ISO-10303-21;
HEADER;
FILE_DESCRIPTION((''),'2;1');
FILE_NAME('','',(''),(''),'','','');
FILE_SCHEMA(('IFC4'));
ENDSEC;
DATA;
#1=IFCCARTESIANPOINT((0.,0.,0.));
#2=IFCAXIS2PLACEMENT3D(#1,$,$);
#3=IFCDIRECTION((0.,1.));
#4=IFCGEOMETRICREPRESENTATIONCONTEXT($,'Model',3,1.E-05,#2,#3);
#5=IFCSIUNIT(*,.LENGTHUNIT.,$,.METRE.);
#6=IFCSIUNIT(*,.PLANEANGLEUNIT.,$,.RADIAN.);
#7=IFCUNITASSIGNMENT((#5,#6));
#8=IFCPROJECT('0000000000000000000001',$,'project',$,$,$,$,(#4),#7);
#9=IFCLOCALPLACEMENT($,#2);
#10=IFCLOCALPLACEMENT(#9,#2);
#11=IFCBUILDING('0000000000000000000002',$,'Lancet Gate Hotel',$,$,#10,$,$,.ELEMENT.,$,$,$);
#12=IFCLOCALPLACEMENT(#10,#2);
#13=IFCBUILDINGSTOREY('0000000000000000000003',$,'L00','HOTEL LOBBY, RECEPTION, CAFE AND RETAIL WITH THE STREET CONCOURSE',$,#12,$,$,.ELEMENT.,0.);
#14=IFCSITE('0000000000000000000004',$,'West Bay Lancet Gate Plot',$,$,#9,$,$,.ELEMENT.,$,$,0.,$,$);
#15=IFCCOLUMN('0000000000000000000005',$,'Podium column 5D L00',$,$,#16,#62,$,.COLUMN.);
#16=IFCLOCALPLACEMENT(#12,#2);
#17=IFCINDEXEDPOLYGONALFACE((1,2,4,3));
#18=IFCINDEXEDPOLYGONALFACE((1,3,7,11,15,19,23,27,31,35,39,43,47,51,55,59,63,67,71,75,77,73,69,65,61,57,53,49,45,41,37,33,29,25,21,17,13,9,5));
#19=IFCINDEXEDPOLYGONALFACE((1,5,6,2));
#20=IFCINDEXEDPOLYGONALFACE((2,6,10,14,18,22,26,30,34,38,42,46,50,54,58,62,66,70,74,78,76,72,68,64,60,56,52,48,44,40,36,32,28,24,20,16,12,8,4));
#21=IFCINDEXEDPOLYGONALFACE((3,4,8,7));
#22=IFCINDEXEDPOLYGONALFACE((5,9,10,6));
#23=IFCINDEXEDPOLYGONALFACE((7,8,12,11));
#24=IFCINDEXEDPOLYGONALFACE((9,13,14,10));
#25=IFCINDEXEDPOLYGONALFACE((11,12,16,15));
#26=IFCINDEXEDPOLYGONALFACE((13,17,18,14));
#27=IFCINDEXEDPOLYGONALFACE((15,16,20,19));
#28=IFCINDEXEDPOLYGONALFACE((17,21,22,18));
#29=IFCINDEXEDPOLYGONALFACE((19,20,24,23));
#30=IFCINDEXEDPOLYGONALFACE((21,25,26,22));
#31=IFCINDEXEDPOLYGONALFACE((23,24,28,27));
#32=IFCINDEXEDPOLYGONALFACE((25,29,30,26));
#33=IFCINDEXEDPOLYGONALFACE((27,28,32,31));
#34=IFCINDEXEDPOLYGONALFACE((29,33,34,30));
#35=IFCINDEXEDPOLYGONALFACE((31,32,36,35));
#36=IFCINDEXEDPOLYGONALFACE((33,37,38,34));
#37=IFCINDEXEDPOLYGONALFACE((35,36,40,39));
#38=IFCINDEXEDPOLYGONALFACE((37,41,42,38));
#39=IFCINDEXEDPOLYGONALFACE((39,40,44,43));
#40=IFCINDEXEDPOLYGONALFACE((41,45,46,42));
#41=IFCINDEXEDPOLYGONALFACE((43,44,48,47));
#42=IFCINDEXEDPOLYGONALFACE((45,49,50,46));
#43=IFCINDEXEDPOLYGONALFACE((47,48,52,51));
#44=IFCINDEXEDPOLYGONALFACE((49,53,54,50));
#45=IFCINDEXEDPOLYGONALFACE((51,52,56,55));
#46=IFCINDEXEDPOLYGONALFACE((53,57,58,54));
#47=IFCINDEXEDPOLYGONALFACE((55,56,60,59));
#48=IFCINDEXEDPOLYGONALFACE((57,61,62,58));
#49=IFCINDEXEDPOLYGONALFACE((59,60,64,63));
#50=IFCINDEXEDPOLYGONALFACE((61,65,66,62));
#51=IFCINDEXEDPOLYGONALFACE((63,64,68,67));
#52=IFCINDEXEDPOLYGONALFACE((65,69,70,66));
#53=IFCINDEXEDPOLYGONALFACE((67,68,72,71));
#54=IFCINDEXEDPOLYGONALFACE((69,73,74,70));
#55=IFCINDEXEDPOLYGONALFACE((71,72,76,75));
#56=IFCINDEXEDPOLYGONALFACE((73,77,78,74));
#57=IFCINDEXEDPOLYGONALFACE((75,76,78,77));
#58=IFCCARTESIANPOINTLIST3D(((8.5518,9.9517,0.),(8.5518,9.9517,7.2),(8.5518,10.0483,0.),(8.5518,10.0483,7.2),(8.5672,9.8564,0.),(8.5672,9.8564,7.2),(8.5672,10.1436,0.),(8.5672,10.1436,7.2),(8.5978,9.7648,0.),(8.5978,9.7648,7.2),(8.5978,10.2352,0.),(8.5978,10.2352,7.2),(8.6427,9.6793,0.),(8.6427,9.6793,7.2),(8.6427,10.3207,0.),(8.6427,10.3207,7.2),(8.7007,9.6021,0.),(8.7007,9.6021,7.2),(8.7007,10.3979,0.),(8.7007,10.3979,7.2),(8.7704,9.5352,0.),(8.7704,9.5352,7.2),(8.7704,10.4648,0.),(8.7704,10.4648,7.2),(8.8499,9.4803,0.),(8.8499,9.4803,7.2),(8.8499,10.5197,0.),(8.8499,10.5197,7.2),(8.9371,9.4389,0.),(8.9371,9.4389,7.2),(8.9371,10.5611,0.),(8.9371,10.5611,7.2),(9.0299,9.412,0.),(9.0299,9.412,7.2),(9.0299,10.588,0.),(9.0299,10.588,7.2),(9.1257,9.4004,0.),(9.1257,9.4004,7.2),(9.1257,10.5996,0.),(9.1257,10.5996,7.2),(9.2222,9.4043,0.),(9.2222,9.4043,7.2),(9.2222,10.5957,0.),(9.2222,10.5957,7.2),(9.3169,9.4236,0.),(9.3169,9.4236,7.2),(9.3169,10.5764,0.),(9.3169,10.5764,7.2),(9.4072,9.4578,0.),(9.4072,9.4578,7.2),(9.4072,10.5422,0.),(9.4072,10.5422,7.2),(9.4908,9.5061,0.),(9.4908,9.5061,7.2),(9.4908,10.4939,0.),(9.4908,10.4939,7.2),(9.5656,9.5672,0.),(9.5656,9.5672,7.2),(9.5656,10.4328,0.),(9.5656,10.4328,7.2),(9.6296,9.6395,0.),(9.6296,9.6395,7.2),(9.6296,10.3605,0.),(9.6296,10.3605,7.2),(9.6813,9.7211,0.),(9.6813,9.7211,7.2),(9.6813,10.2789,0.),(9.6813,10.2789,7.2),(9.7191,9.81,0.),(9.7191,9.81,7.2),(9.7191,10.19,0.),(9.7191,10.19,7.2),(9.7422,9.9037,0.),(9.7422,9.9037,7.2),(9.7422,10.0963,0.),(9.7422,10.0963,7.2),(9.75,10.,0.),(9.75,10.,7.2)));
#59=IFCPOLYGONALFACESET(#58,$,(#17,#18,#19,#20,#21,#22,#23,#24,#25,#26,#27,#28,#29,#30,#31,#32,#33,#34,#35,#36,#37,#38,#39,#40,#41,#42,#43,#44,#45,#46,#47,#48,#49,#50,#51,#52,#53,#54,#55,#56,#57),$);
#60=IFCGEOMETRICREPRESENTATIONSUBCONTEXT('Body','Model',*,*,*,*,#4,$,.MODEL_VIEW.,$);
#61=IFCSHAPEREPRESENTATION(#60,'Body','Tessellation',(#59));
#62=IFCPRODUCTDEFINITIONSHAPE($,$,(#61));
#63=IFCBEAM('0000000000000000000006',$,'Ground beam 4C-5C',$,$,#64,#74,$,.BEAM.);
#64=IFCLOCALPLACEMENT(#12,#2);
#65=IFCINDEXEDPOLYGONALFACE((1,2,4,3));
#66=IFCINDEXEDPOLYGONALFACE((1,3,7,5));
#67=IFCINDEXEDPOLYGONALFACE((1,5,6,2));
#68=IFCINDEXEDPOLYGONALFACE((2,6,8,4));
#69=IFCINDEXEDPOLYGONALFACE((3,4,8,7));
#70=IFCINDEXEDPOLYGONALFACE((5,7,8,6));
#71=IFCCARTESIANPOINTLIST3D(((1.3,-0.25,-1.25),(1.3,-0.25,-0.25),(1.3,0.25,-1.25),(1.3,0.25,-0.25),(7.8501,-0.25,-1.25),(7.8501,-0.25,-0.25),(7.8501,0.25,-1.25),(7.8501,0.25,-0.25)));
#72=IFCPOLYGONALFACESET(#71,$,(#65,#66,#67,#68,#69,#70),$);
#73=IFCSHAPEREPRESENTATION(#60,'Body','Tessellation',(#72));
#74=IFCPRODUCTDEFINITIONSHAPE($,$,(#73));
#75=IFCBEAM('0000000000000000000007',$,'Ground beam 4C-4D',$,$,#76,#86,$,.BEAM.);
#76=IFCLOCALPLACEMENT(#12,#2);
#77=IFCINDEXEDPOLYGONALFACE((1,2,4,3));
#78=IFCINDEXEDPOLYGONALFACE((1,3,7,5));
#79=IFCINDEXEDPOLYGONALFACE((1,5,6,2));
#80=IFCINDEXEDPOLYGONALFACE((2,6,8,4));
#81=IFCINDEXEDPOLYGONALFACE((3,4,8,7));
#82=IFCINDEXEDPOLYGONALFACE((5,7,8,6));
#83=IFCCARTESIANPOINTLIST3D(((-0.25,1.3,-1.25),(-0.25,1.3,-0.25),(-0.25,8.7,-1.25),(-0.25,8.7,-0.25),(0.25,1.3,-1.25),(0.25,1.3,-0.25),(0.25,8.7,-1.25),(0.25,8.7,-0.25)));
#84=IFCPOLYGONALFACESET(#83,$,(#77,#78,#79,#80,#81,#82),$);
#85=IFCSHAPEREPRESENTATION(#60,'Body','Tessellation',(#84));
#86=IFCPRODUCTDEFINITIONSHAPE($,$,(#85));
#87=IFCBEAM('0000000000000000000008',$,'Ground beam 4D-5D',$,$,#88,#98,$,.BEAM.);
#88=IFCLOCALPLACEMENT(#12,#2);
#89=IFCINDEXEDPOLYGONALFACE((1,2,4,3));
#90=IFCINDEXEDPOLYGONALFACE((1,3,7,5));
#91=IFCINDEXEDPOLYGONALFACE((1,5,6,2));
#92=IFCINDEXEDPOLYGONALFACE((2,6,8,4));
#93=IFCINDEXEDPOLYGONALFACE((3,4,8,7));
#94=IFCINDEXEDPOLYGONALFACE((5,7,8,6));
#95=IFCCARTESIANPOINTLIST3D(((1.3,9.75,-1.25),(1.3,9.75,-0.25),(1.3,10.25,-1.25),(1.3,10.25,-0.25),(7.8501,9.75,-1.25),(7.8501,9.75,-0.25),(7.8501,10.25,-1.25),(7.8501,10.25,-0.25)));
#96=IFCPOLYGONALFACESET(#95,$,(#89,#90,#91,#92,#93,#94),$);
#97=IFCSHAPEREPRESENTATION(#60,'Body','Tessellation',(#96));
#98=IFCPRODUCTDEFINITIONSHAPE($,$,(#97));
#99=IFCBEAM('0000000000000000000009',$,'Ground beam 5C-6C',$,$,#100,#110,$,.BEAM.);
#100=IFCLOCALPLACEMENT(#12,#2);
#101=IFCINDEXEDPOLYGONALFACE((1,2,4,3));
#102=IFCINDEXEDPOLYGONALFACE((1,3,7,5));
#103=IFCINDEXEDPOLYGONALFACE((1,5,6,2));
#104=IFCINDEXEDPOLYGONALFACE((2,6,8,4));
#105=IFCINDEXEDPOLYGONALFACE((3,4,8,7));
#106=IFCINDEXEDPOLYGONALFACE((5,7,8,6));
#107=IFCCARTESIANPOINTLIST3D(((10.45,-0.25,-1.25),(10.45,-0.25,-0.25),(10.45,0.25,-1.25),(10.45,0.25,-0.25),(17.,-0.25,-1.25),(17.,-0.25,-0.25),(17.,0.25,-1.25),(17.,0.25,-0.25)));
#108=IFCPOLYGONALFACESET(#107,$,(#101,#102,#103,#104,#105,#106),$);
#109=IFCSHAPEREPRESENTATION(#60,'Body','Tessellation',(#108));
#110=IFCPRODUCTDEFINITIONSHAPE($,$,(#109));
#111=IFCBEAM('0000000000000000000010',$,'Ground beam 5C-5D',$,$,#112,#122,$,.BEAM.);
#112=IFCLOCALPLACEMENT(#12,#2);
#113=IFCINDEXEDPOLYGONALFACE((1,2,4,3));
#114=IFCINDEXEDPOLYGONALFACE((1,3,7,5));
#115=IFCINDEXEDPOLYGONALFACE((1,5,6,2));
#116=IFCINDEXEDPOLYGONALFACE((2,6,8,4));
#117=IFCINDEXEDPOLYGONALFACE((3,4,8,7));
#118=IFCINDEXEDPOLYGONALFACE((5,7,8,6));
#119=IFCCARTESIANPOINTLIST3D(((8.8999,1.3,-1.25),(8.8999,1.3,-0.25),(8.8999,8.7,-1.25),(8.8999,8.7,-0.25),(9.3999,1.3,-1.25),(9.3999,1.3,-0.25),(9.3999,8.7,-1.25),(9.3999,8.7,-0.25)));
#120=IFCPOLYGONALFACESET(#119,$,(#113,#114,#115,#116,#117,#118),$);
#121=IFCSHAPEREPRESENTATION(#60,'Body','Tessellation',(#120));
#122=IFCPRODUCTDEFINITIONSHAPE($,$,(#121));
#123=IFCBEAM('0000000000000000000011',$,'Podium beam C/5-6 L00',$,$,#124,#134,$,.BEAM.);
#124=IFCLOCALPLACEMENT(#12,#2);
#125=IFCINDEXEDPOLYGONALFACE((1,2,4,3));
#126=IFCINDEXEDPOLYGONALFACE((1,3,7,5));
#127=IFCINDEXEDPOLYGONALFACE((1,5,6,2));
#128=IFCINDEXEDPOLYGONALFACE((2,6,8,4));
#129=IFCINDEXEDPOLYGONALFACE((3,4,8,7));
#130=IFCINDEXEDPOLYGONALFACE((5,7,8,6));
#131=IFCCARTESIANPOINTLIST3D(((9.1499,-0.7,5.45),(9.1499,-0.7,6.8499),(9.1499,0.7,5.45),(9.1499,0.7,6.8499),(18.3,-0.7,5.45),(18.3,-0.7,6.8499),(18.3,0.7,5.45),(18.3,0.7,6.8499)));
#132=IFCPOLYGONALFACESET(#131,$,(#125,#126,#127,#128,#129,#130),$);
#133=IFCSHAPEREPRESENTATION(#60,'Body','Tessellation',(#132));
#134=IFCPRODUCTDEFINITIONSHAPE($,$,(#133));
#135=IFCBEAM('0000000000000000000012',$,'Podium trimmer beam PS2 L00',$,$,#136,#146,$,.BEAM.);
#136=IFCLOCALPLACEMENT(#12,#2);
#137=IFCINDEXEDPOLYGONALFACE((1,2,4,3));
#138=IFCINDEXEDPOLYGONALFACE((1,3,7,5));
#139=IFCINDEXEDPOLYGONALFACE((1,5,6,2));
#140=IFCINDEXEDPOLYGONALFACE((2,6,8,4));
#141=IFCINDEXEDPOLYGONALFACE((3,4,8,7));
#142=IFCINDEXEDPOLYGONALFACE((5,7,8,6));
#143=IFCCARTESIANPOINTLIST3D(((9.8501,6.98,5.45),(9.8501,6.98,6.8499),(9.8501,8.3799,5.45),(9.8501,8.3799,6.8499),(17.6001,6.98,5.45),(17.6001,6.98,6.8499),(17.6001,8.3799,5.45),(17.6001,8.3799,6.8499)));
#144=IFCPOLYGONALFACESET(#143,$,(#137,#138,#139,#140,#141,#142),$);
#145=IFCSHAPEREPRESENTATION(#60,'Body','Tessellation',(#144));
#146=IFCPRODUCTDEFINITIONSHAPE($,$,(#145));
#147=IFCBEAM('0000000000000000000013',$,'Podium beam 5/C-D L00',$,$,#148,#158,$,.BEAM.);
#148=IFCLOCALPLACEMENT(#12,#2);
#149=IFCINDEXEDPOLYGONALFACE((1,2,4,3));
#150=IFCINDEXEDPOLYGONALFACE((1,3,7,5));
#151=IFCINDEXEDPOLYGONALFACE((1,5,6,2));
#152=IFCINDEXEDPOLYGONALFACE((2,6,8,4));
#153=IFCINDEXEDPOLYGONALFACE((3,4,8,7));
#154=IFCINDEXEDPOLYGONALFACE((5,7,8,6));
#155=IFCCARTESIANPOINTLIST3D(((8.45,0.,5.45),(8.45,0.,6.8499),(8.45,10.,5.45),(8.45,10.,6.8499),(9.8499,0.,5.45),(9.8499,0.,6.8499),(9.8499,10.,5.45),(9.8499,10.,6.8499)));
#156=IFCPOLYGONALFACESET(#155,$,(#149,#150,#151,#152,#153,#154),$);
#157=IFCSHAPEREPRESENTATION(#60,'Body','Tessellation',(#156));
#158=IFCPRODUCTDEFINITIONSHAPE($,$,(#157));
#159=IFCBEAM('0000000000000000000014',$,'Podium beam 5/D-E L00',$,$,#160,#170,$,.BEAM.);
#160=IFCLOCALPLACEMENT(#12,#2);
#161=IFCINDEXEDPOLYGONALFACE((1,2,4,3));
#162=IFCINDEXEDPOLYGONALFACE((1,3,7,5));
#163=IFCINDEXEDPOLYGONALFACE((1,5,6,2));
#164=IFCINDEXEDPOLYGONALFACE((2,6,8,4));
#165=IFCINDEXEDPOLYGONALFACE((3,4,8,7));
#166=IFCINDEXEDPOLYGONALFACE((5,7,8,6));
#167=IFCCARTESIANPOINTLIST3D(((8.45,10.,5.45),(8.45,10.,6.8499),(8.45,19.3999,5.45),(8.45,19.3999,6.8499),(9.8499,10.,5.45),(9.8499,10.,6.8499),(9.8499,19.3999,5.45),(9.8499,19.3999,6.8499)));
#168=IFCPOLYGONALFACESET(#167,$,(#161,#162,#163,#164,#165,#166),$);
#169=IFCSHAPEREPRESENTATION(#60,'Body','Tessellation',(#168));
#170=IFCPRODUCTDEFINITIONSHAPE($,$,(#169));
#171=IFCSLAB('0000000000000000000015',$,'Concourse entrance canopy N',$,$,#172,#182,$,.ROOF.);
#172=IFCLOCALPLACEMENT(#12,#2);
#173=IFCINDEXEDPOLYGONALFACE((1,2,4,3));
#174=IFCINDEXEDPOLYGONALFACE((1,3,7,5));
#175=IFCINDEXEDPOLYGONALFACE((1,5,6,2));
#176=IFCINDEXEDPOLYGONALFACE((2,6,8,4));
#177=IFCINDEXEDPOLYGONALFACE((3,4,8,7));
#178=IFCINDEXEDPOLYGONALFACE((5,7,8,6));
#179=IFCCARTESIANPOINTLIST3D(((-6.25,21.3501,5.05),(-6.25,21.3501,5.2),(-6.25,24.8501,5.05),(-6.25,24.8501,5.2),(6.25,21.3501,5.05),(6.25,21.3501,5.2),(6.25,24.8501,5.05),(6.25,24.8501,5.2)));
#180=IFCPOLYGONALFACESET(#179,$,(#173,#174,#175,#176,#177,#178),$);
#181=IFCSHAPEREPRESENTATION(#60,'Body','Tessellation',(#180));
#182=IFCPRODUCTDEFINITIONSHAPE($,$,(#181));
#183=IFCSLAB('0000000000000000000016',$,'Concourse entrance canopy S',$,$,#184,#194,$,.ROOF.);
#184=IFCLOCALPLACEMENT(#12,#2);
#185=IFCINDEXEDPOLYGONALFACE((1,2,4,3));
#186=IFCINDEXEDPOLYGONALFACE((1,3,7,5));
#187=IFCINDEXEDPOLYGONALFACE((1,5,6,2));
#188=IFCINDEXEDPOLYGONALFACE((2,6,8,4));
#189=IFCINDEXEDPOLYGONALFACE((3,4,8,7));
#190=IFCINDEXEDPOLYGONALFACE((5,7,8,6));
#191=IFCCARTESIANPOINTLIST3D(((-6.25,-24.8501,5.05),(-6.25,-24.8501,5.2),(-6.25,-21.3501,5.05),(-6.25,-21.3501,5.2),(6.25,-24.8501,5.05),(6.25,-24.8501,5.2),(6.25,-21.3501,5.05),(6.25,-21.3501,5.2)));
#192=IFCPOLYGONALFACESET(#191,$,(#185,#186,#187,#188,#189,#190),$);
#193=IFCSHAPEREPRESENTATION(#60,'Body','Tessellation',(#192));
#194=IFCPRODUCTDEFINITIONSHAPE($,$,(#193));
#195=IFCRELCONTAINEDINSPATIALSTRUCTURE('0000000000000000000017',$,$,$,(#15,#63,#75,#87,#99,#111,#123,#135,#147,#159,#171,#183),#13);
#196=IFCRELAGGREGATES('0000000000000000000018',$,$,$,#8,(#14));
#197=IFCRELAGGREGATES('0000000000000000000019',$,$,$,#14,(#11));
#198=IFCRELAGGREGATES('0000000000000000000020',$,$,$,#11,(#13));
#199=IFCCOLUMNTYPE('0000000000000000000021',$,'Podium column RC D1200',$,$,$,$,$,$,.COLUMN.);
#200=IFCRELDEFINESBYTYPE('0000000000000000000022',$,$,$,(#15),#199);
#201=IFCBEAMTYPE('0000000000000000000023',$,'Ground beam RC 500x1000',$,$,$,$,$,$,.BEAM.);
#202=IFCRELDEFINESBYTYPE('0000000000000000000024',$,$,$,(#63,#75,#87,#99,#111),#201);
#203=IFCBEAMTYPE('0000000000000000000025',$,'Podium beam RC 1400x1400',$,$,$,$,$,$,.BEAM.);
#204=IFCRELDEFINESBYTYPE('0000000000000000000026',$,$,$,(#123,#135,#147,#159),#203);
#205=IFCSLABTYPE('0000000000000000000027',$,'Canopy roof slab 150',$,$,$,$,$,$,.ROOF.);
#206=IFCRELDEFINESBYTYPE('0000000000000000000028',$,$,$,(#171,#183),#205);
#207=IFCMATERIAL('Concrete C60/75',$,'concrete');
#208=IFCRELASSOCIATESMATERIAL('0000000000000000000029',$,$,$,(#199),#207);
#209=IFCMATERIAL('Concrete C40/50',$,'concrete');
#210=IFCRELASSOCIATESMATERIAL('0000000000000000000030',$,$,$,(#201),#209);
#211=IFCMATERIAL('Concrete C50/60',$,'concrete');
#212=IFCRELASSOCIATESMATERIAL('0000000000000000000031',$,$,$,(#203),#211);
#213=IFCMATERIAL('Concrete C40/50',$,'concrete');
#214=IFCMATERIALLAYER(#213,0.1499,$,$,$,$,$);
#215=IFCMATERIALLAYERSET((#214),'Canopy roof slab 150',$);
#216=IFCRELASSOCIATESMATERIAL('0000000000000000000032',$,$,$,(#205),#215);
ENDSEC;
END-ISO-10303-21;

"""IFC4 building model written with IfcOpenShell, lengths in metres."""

from ifc_helpers import new_model, si_unit, direction, frame, origin, origin_2d, place, context, subcontext, project, spatial, polyline, rectangle, circle, outline, extrude, material, layer, layer_set, material_profile, profile_set, type_object, element, save


model = new_model("IFC4")

# Units and contexts
model_context = context("Model", 3, precision=1e-05, world=origin(), true_north=direction((0.0, 1.0)))
body_context = subcontext(model_context, "Body", "Model", "MODEL_VIEW")
ifc_project = project(units=[si_unit("LENGTHUNIT", "METRE"), si_unit("PLANEANGLEUNIT", "RADIAN")], contexts=[model_context])

# Site, building, storey
site_placement = place(None, origin())
site = spatial("IfcSite", under=ifc_project, at=site_placement, Name="West Bay Lancet Gate Plot", CompositionType="ELEMENT", RefElevation=0.0)
building_placement = place(site_placement, origin())
building = spatial("IfcBuilding", under=site, at=building_placement, Name="Lancet Gate Hotel", CompositionType="ELEMENT")
storey_placement = place(building_placement, origin())
storey = spatial("IfcBuildingStorey", under=building, at=storey_placement, Name="L00", Description="HOTEL LOBBY, RECEPTION, CAFE AND RETAIL WITH THE STREET CONCOURSE", CompositionType="ELEMENT", Elevation=0.0)

# Column
ifc_material_1 = material(Name="Concrete C60/75", Category="concrete")
ifc_material_profile_1 = material_profile(ifc_material_1, circle(Radius=0.6001, at=origin_2d()), Name="RC D1200")
ifc_profile_set_1 = profile_set([ifc_material_profile_1], Name="Concrete C60/75")
column_type = type_object("IfcColumnType", Name="Podium column RC D1200", PredefinedType="COLUMN", material=ifc_profile_set_1)
for number, where, z_axis, x_axis, name in (
    (1, (9.1499, 10.0, 0.0), (0.0, 0.0, 1.0), (1.0, 0.0, 0.0), "Podium column 5D L00"),
):
    element("IfcColumn", number, at=place(storey_placement, frame(where, z_axis=z_axis, x_axis=x_axis)), inside=storey, type_object=column_type, Name=name, PredefinedType="COLUMN", context=body_context, shape_type="SweptSolid", body=[
        extrude(circle(Radius=0.6001, at=origin_2d()), origin(), (0.0, 0.0, 1.0), 7.2),
    ])

# Beams
ifc_material_2 = material(Name="Concrete C40/50", Category="concrete")
ifc_material_profile_2 = material_profile(ifc_material_2, rectangle(XDim=0.5, YDim=1.0, at=origin_2d()), Name="RC 500x1000")
ifc_profile_set_2 = profile_set([ifc_material_profile_2], Name="Concrete C40/50")
beam_type_1 = type_object("IfcBeamType", Name="Ground beam RC 500x1000", PredefinedType="BEAM", material=ifc_profile_set_2)
beam_1_placement = place(storey_placement, frame((1.3, 0.0, -0.75), z_axis=(1.0, 0.0, 0.0), x_axis=(0.0, 1.0, 0.0)))
element("IfcBeam", 2, at=beam_1_placement, inside=storey, type_object=beam_type_1, Name="Ground beam 4C-5C", PredefinedType="BEAM", context=body_context, shape_type="SweptSolid", body=[
    extrude(rectangle(XDim=0.5, YDim=1.0, at=origin_2d()), origin(), (0.0, 0.0, 1.0), 6.55),
])
beam_2_placement = place(storey_placement, frame((0.0, 1.3, -0.75), z_axis=(0.0, 1.0, 0.0), x_axis=(-1.0, 0.0, 0.0)))
element("IfcBeam", 3, at=beam_2_placement, inside=storey, type_object=beam_type_1, Name="Ground beam 4C-4D", PredefinedType="BEAM", context=body_context, shape_type="SweptSolid", body=[
    extrude(rectangle(XDim=0.5, YDim=1.0, at=origin_2d()), origin(), (0.0, 0.0, 1.0), 7.3999),
])
for number, where, z_axis, x_axis, name in (
    (4, (1.3, 10.0, -0.75), (1.0, 0.0, 0.0), (0.0, 1.0, 0.0), "Ground beam 4D-5D"),
    (5, (10.45, 0.0, -0.75), (1.0, 0.0, 0.0), (0.0, 1.0, 0.0), "Ground beam 5C-6C"),
):
    element("IfcBeam", number, at=place(storey_placement, frame(where, z_axis=z_axis, x_axis=x_axis)), inside=storey, type_object=beam_type_1, Name=name, PredefinedType="BEAM", context=body_context, shape_type="SweptSolid", body=[
        extrude(rectangle(XDim=0.5, YDim=1.0, at=origin_2d()), origin(), (0.0, 0.0, 1.0), 6.55),
    ])
beam_3_placement = place(storey_placement, frame((9.1499, 1.3, -0.75), z_axis=(0.0, 1.0, 0.0), x_axis=(-1.0, 0.0, 0.0)))
element("IfcBeam", 6, at=beam_3_placement, inside=storey, type_object=beam_type_1, Name="Ground beam 5C-5D", PredefinedType="BEAM", context=body_context, shape_type="SweptSolid", body=[
    extrude(rectangle(XDim=0.5, YDim=1.0, at=origin_2d()), origin(), (0.0, 0.0, 1.0), 7.3999),
])
ifc_material_3 = material(Name="Concrete C50/60", Category="concrete")
ifc_material_profile_3 = material_profile(ifc_material_3, rectangle(XDim=1.3999, YDim=1.3999, at=origin_2d()), Name="RC 1400x1400")
ifc_profile_set_3 = profile_set([ifc_material_profile_3], Name="Concrete C50/60")
beam_type_2 = type_object("IfcBeamType", Name="Podium beam RC 1400x1400", PredefinedType="BEAM", material=ifc_profile_set_3)
beam_4_placement = place(storey_placement, frame((9.1499, 0.0, 6.1499), z_axis=(1.0, 0.0, 0.0), x_axis=(0.0, 1.0, 0.0)))
element("IfcBeam", 7, at=beam_4_placement, inside=storey, type_object=beam_type_2, Name="Podium beam C/5-6 L00", PredefinedType="BEAM", context=body_context, shape_type="SweptSolid", body=[
    extrude(rectangle(XDim=1.3999, YDim=1.3999, at=origin_2d()), origin(), (0.0, 0.0, 1.0), 9.1501),
])
beam_5_placement = place(storey_placement, frame((9.8501, 7.6799, 6.1499), z_axis=(1.0, 0.0, 0.0), x_axis=(0.0, 1.0, 0.0)))
element("IfcBeam", 8, at=beam_5_placement, inside=storey, type_object=beam_type_2, Name="Podium trimmer beam PS2 L00", PredefinedType="BEAM", context=body_context, shape_type="SweptSolid", body=[
    extrude(rectangle(XDim=1.3999, YDim=1.3999, at=origin_2d()), origin(), (0.0, 0.0, 1.0), 7.75),
])
beam_6_placement = place(storey_placement, frame((9.1499, 0.0, 6.1499), z_axis=(0.0, 1.0, 0.0), x_axis=(-1.0, 0.0, 0.0)))
element("IfcBeam", 9, at=beam_6_placement, inside=storey, type_object=beam_type_2, Name="Podium beam 5/C-D L00", PredefinedType="BEAM", context=body_context, shape_type="SweptSolid", body=[
    extrude(rectangle(XDim=1.3999, YDim=1.3999, at=origin_2d()), origin(), (0.0, 0.0, 1.0), 10.0),
])
beam_7_placement = place(storey_placement, frame((9.1499, 10.0, 6.1499), z_axis=(0.0, 1.0, 0.0), x_axis=(-1.0, 0.0, 0.0)))
element("IfcBeam", 10, at=beam_7_placement, inside=storey, type_object=beam_type_2, Name="Podium beam 5/D-E L00", PredefinedType="BEAM", context=body_context, shape_type="SweptSolid", body=[
    extrude(rectangle(XDim=1.3999, YDim=1.3999, at=origin_2d()), origin(), (0.0, 0.0, 1.0), 9.3999),
])

# Slabs
ifc_material_4 = material(Name="Concrete C40/50", Category="concrete")
ifc_layer_1 = layer(ifc_material_4, 0.1499)
ifc_layer_set_1 = layer_set([ifc_layer_1], Name="Canopy roof slab 150")
slab_type_1 = type_object("IfcSlabType", Name="Canopy roof slab 150", PredefinedType="ROOF", material=ifc_layer_set_1)
slab_1_placement = place(storey_placement, frame((0.0, 0.0, 5.05)))
element("IfcSlab", 11, at=slab_1_placement, inside=storey, type_object=slab_type_1, Name="Concourse entrance canopy N", PredefinedType="ROOF", context=body_context, shape_type="SweptSolid", body=[
    extrude(outline(polyline([(6.25, 21.3501), (6.25, 24.8501), (-6.25, 24.8501), (-6.25, 21.3501), (6.25, 21.3501)])), origin(), (0.0, 0.0, 1.0), 0.1499),
])
slab_2_placement = place(storey_placement, frame((0.0, 0.0, 5.05)))
element("IfcSlab", 12, at=slab_2_placement, inside=storey, type_object=slab_type_1, Name="Concourse entrance canopy S", PredefinedType="ROOF", context=body_context, shape_type="SweptSolid", body=[
    extrude(outline(polyline([(6.25, -24.8501), (6.25, -21.3501), (-6.25, -21.3501), (-6.25, -24.8501), (6.25, -24.8501)])), origin(), (0.0, 0.0, 1.0), 0.1499),
])

save(model, "model.ifc")
